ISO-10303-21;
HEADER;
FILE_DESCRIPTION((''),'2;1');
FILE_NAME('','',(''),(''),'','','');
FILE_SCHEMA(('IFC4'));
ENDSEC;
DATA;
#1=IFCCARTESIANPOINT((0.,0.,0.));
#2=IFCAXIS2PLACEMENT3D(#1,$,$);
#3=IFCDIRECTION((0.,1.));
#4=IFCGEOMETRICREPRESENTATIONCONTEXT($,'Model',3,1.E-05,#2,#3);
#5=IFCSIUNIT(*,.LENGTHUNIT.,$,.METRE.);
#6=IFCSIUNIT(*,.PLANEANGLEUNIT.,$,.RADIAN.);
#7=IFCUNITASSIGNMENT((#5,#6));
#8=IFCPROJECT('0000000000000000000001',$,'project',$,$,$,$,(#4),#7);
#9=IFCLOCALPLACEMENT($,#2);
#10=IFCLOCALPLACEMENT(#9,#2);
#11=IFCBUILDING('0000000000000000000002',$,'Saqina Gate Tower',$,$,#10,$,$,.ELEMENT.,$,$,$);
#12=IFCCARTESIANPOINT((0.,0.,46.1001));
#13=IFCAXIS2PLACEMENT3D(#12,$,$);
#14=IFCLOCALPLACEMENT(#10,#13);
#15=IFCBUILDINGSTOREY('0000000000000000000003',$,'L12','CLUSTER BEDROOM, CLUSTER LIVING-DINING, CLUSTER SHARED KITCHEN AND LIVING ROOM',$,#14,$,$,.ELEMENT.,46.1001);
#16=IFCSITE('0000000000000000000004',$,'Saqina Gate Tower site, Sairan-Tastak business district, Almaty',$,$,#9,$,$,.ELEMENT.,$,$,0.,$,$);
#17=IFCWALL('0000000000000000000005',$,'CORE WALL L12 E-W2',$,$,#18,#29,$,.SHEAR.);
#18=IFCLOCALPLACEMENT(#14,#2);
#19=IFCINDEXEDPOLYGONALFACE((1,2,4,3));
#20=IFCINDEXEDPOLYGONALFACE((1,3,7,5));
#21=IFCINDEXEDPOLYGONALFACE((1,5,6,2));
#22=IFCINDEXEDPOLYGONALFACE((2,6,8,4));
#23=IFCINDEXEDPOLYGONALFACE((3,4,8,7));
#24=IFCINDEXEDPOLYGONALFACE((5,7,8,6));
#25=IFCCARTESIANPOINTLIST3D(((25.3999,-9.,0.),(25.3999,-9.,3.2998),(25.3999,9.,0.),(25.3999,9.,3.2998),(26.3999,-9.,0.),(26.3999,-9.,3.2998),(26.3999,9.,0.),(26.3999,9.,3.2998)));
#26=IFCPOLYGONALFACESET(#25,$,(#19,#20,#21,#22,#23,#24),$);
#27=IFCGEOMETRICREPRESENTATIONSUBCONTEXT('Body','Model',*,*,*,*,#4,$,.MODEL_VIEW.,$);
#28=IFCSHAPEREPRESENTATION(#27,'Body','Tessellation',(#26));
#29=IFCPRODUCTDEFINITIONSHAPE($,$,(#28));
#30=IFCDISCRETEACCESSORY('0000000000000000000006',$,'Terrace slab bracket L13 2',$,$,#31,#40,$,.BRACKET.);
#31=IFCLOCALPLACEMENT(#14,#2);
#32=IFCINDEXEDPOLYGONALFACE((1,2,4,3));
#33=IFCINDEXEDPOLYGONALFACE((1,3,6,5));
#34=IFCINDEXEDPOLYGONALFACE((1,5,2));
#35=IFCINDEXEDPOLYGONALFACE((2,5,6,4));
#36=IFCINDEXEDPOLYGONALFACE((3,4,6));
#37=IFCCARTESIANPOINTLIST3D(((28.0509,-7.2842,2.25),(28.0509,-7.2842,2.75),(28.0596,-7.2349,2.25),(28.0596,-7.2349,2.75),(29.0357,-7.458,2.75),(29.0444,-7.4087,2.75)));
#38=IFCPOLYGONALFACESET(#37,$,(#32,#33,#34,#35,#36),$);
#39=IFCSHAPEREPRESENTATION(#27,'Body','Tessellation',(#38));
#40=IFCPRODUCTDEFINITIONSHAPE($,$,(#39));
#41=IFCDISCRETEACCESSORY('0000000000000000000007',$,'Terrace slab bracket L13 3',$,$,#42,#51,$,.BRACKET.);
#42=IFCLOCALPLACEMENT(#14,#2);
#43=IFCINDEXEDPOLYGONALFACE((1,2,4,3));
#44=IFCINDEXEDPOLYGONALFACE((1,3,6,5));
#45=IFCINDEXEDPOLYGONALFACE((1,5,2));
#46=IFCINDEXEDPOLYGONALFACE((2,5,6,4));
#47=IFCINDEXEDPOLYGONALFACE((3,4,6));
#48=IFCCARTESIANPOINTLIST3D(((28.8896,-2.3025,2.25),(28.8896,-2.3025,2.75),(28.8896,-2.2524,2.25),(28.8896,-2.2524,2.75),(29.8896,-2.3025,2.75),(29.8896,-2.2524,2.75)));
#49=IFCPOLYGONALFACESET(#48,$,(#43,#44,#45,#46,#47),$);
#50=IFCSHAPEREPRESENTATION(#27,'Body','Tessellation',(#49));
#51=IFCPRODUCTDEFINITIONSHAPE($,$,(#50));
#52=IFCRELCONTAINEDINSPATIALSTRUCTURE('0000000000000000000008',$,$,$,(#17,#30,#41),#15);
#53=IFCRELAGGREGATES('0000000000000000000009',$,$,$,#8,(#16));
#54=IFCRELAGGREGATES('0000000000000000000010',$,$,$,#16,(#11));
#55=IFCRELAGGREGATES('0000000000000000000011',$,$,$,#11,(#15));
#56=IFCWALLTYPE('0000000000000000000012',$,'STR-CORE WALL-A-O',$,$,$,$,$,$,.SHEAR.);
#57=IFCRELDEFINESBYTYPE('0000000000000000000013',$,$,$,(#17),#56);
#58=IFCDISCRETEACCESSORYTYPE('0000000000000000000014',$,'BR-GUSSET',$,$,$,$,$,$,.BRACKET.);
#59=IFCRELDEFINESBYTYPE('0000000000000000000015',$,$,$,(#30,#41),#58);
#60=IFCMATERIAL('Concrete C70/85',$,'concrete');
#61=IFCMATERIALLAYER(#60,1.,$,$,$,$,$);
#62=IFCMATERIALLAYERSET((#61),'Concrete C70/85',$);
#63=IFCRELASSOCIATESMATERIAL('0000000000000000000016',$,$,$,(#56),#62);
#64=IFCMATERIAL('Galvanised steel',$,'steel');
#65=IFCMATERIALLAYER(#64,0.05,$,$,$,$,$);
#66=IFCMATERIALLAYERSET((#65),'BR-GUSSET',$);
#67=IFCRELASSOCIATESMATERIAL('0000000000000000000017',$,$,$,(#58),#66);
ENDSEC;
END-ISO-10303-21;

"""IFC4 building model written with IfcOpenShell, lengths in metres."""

from ifc_helpers import new_model, si_unit, direction, frame, frame_2d, origin, place, context, subcontext, project, spatial, polyline, rectangle, outline, extrude, material, layer, layer_set, type_object, element, save


model = new_model("IFC4")

# Units and contexts
model_context = context("Model", 3, precision=1e-05, world=origin(), true_north=direction((0.0, 1.0)))
body_context = subcontext(model_context, "Body", "Model", "MODEL_VIEW")
ifc_project = project(units=[si_unit("LENGTHUNIT", "METRE"), si_unit("PLANEANGLEUNIT", "RADIAN")], contexts=[model_context])

# Site, building, storey
site_placement = place(None, origin())
site = spatial("IfcSite", under=ifc_project, at=site_placement, Name="Saqina Gate Tower site, Sairan-Tastak business district, Almaty", CompositionType="ELEMENT", RefElevation=0.0)
building_placement = place(site_placement, origin())
building = spatial("IfcBuilding", under=site, at=building_placement, Name="Saqina Gate Tower", CompositionType="ELEMENT")
storey_placement = place(building_placement, frame((0.0, 0.0, 46.1001)))
storey = spatial("IfcBuildingStorey", under=building, at=storey_placement, Name="L12", Description="CLUSTER BEDROOM, CLUSTER LIVING-DINING, CLUSTER SHARED KITCHEN AND LIVING ROOM", CompositionType="ELEMENT", Elevation=46.1001)

# Wall
ifc_material_1 = material(Name="Concrete C70/85", Category="concrete")
ifc_layer_1 = layer(ifc_material_1, 1.0)
ifc_layer_set_1 = layer_set([ifc_layer_1], Name="Concrete C70/85")
wall_type_1 = type_object("IfcWallType", Name="STR-CORE WALL-A-O", PredefinedType="SHEAR", material=ifc_layer_set_1)
wall_1_placement = place(storey_placement, frame((25.8999, -9.0, 0.0), z_axis=(0.0, 0.0, 1.0), x_axis=(0.0, 1.0, 0.0)))
element("IfcWall", 1, at=wall_1_placement, inside=storey, type_object=wall_type_1, Name="CORE WALL L12 E-W2", PredefinedType="SHEAR", context=body_context, shape_type="SweptSolid", body=[
    extrude(rectangle(XDim=18.0, YDim=1.0, at=frame_2d((9.0, 0.0))), origin(), (0.0, 0.0, 1.0), 3.2998),
])

# Discrete accessories
ifc_material_2 = material(Name="Galvanised steel", Category="steel")
ifc_layer_2 = layer(ifc_material_2, 0.05)
ifc_layer_set_2 = layer_set([ifc_layer_2], Name="BR-GUSSET")
discrete_accessory_type = type_object("IfcDiscreteAccessoryType", Name="BR-GUSSET", PredefinedType="BRACKET", material=ifc_layer_set_2)
discrete_accessory_1_placement = place(storey_placement, frame((28.0596, -7.2349, 2.25), z_axis=(0.173813, 0.984779, 0.0), x_axis=(0.0, 0.0, 1.0)))
element("IfcDiscreteAccessory", 2, at=discrete_accessory_1_placement, inside=storey, type_object=discrete_accessory_type, Name="Terrace slab bracket L13 2", PredefinedType="BRACKET", context=body_context, shape_type="SweptSolid", body=[
    extrude(outline(polyline([(0.0, 0.0), (0.5, 0.0), (0.5, 1.0001), (0.0, 0.0)])), origin(), (0.0, 0.0, -1.0), 0.05),
])
discrete_accessory_2_placement = place(storey_placement, frame((28.8896, -2.2524, 2.25), z_axis=(0.0, 1.0, 0.0), x_axis=(0.0, 0.0, 1.0)))
element("IfcDiscreteAccessory", 3, at=discrete_accessory_2_placement, inside=storey, type_object=discrete_accessory_type, Name="Terrace slab bracket L13 3", PredefinedType="BRACKET", context=body_context, shape_type="SweptSolid", body=[
    extrude(outline(polyline([(0.0, 0.0), (0.5, 0.0), (0.5, 1.0), (0.0, 0.0)])), origin(), (0.0, 0.0, -1.0), 0.05),
])

save(model, "model.ifc")
